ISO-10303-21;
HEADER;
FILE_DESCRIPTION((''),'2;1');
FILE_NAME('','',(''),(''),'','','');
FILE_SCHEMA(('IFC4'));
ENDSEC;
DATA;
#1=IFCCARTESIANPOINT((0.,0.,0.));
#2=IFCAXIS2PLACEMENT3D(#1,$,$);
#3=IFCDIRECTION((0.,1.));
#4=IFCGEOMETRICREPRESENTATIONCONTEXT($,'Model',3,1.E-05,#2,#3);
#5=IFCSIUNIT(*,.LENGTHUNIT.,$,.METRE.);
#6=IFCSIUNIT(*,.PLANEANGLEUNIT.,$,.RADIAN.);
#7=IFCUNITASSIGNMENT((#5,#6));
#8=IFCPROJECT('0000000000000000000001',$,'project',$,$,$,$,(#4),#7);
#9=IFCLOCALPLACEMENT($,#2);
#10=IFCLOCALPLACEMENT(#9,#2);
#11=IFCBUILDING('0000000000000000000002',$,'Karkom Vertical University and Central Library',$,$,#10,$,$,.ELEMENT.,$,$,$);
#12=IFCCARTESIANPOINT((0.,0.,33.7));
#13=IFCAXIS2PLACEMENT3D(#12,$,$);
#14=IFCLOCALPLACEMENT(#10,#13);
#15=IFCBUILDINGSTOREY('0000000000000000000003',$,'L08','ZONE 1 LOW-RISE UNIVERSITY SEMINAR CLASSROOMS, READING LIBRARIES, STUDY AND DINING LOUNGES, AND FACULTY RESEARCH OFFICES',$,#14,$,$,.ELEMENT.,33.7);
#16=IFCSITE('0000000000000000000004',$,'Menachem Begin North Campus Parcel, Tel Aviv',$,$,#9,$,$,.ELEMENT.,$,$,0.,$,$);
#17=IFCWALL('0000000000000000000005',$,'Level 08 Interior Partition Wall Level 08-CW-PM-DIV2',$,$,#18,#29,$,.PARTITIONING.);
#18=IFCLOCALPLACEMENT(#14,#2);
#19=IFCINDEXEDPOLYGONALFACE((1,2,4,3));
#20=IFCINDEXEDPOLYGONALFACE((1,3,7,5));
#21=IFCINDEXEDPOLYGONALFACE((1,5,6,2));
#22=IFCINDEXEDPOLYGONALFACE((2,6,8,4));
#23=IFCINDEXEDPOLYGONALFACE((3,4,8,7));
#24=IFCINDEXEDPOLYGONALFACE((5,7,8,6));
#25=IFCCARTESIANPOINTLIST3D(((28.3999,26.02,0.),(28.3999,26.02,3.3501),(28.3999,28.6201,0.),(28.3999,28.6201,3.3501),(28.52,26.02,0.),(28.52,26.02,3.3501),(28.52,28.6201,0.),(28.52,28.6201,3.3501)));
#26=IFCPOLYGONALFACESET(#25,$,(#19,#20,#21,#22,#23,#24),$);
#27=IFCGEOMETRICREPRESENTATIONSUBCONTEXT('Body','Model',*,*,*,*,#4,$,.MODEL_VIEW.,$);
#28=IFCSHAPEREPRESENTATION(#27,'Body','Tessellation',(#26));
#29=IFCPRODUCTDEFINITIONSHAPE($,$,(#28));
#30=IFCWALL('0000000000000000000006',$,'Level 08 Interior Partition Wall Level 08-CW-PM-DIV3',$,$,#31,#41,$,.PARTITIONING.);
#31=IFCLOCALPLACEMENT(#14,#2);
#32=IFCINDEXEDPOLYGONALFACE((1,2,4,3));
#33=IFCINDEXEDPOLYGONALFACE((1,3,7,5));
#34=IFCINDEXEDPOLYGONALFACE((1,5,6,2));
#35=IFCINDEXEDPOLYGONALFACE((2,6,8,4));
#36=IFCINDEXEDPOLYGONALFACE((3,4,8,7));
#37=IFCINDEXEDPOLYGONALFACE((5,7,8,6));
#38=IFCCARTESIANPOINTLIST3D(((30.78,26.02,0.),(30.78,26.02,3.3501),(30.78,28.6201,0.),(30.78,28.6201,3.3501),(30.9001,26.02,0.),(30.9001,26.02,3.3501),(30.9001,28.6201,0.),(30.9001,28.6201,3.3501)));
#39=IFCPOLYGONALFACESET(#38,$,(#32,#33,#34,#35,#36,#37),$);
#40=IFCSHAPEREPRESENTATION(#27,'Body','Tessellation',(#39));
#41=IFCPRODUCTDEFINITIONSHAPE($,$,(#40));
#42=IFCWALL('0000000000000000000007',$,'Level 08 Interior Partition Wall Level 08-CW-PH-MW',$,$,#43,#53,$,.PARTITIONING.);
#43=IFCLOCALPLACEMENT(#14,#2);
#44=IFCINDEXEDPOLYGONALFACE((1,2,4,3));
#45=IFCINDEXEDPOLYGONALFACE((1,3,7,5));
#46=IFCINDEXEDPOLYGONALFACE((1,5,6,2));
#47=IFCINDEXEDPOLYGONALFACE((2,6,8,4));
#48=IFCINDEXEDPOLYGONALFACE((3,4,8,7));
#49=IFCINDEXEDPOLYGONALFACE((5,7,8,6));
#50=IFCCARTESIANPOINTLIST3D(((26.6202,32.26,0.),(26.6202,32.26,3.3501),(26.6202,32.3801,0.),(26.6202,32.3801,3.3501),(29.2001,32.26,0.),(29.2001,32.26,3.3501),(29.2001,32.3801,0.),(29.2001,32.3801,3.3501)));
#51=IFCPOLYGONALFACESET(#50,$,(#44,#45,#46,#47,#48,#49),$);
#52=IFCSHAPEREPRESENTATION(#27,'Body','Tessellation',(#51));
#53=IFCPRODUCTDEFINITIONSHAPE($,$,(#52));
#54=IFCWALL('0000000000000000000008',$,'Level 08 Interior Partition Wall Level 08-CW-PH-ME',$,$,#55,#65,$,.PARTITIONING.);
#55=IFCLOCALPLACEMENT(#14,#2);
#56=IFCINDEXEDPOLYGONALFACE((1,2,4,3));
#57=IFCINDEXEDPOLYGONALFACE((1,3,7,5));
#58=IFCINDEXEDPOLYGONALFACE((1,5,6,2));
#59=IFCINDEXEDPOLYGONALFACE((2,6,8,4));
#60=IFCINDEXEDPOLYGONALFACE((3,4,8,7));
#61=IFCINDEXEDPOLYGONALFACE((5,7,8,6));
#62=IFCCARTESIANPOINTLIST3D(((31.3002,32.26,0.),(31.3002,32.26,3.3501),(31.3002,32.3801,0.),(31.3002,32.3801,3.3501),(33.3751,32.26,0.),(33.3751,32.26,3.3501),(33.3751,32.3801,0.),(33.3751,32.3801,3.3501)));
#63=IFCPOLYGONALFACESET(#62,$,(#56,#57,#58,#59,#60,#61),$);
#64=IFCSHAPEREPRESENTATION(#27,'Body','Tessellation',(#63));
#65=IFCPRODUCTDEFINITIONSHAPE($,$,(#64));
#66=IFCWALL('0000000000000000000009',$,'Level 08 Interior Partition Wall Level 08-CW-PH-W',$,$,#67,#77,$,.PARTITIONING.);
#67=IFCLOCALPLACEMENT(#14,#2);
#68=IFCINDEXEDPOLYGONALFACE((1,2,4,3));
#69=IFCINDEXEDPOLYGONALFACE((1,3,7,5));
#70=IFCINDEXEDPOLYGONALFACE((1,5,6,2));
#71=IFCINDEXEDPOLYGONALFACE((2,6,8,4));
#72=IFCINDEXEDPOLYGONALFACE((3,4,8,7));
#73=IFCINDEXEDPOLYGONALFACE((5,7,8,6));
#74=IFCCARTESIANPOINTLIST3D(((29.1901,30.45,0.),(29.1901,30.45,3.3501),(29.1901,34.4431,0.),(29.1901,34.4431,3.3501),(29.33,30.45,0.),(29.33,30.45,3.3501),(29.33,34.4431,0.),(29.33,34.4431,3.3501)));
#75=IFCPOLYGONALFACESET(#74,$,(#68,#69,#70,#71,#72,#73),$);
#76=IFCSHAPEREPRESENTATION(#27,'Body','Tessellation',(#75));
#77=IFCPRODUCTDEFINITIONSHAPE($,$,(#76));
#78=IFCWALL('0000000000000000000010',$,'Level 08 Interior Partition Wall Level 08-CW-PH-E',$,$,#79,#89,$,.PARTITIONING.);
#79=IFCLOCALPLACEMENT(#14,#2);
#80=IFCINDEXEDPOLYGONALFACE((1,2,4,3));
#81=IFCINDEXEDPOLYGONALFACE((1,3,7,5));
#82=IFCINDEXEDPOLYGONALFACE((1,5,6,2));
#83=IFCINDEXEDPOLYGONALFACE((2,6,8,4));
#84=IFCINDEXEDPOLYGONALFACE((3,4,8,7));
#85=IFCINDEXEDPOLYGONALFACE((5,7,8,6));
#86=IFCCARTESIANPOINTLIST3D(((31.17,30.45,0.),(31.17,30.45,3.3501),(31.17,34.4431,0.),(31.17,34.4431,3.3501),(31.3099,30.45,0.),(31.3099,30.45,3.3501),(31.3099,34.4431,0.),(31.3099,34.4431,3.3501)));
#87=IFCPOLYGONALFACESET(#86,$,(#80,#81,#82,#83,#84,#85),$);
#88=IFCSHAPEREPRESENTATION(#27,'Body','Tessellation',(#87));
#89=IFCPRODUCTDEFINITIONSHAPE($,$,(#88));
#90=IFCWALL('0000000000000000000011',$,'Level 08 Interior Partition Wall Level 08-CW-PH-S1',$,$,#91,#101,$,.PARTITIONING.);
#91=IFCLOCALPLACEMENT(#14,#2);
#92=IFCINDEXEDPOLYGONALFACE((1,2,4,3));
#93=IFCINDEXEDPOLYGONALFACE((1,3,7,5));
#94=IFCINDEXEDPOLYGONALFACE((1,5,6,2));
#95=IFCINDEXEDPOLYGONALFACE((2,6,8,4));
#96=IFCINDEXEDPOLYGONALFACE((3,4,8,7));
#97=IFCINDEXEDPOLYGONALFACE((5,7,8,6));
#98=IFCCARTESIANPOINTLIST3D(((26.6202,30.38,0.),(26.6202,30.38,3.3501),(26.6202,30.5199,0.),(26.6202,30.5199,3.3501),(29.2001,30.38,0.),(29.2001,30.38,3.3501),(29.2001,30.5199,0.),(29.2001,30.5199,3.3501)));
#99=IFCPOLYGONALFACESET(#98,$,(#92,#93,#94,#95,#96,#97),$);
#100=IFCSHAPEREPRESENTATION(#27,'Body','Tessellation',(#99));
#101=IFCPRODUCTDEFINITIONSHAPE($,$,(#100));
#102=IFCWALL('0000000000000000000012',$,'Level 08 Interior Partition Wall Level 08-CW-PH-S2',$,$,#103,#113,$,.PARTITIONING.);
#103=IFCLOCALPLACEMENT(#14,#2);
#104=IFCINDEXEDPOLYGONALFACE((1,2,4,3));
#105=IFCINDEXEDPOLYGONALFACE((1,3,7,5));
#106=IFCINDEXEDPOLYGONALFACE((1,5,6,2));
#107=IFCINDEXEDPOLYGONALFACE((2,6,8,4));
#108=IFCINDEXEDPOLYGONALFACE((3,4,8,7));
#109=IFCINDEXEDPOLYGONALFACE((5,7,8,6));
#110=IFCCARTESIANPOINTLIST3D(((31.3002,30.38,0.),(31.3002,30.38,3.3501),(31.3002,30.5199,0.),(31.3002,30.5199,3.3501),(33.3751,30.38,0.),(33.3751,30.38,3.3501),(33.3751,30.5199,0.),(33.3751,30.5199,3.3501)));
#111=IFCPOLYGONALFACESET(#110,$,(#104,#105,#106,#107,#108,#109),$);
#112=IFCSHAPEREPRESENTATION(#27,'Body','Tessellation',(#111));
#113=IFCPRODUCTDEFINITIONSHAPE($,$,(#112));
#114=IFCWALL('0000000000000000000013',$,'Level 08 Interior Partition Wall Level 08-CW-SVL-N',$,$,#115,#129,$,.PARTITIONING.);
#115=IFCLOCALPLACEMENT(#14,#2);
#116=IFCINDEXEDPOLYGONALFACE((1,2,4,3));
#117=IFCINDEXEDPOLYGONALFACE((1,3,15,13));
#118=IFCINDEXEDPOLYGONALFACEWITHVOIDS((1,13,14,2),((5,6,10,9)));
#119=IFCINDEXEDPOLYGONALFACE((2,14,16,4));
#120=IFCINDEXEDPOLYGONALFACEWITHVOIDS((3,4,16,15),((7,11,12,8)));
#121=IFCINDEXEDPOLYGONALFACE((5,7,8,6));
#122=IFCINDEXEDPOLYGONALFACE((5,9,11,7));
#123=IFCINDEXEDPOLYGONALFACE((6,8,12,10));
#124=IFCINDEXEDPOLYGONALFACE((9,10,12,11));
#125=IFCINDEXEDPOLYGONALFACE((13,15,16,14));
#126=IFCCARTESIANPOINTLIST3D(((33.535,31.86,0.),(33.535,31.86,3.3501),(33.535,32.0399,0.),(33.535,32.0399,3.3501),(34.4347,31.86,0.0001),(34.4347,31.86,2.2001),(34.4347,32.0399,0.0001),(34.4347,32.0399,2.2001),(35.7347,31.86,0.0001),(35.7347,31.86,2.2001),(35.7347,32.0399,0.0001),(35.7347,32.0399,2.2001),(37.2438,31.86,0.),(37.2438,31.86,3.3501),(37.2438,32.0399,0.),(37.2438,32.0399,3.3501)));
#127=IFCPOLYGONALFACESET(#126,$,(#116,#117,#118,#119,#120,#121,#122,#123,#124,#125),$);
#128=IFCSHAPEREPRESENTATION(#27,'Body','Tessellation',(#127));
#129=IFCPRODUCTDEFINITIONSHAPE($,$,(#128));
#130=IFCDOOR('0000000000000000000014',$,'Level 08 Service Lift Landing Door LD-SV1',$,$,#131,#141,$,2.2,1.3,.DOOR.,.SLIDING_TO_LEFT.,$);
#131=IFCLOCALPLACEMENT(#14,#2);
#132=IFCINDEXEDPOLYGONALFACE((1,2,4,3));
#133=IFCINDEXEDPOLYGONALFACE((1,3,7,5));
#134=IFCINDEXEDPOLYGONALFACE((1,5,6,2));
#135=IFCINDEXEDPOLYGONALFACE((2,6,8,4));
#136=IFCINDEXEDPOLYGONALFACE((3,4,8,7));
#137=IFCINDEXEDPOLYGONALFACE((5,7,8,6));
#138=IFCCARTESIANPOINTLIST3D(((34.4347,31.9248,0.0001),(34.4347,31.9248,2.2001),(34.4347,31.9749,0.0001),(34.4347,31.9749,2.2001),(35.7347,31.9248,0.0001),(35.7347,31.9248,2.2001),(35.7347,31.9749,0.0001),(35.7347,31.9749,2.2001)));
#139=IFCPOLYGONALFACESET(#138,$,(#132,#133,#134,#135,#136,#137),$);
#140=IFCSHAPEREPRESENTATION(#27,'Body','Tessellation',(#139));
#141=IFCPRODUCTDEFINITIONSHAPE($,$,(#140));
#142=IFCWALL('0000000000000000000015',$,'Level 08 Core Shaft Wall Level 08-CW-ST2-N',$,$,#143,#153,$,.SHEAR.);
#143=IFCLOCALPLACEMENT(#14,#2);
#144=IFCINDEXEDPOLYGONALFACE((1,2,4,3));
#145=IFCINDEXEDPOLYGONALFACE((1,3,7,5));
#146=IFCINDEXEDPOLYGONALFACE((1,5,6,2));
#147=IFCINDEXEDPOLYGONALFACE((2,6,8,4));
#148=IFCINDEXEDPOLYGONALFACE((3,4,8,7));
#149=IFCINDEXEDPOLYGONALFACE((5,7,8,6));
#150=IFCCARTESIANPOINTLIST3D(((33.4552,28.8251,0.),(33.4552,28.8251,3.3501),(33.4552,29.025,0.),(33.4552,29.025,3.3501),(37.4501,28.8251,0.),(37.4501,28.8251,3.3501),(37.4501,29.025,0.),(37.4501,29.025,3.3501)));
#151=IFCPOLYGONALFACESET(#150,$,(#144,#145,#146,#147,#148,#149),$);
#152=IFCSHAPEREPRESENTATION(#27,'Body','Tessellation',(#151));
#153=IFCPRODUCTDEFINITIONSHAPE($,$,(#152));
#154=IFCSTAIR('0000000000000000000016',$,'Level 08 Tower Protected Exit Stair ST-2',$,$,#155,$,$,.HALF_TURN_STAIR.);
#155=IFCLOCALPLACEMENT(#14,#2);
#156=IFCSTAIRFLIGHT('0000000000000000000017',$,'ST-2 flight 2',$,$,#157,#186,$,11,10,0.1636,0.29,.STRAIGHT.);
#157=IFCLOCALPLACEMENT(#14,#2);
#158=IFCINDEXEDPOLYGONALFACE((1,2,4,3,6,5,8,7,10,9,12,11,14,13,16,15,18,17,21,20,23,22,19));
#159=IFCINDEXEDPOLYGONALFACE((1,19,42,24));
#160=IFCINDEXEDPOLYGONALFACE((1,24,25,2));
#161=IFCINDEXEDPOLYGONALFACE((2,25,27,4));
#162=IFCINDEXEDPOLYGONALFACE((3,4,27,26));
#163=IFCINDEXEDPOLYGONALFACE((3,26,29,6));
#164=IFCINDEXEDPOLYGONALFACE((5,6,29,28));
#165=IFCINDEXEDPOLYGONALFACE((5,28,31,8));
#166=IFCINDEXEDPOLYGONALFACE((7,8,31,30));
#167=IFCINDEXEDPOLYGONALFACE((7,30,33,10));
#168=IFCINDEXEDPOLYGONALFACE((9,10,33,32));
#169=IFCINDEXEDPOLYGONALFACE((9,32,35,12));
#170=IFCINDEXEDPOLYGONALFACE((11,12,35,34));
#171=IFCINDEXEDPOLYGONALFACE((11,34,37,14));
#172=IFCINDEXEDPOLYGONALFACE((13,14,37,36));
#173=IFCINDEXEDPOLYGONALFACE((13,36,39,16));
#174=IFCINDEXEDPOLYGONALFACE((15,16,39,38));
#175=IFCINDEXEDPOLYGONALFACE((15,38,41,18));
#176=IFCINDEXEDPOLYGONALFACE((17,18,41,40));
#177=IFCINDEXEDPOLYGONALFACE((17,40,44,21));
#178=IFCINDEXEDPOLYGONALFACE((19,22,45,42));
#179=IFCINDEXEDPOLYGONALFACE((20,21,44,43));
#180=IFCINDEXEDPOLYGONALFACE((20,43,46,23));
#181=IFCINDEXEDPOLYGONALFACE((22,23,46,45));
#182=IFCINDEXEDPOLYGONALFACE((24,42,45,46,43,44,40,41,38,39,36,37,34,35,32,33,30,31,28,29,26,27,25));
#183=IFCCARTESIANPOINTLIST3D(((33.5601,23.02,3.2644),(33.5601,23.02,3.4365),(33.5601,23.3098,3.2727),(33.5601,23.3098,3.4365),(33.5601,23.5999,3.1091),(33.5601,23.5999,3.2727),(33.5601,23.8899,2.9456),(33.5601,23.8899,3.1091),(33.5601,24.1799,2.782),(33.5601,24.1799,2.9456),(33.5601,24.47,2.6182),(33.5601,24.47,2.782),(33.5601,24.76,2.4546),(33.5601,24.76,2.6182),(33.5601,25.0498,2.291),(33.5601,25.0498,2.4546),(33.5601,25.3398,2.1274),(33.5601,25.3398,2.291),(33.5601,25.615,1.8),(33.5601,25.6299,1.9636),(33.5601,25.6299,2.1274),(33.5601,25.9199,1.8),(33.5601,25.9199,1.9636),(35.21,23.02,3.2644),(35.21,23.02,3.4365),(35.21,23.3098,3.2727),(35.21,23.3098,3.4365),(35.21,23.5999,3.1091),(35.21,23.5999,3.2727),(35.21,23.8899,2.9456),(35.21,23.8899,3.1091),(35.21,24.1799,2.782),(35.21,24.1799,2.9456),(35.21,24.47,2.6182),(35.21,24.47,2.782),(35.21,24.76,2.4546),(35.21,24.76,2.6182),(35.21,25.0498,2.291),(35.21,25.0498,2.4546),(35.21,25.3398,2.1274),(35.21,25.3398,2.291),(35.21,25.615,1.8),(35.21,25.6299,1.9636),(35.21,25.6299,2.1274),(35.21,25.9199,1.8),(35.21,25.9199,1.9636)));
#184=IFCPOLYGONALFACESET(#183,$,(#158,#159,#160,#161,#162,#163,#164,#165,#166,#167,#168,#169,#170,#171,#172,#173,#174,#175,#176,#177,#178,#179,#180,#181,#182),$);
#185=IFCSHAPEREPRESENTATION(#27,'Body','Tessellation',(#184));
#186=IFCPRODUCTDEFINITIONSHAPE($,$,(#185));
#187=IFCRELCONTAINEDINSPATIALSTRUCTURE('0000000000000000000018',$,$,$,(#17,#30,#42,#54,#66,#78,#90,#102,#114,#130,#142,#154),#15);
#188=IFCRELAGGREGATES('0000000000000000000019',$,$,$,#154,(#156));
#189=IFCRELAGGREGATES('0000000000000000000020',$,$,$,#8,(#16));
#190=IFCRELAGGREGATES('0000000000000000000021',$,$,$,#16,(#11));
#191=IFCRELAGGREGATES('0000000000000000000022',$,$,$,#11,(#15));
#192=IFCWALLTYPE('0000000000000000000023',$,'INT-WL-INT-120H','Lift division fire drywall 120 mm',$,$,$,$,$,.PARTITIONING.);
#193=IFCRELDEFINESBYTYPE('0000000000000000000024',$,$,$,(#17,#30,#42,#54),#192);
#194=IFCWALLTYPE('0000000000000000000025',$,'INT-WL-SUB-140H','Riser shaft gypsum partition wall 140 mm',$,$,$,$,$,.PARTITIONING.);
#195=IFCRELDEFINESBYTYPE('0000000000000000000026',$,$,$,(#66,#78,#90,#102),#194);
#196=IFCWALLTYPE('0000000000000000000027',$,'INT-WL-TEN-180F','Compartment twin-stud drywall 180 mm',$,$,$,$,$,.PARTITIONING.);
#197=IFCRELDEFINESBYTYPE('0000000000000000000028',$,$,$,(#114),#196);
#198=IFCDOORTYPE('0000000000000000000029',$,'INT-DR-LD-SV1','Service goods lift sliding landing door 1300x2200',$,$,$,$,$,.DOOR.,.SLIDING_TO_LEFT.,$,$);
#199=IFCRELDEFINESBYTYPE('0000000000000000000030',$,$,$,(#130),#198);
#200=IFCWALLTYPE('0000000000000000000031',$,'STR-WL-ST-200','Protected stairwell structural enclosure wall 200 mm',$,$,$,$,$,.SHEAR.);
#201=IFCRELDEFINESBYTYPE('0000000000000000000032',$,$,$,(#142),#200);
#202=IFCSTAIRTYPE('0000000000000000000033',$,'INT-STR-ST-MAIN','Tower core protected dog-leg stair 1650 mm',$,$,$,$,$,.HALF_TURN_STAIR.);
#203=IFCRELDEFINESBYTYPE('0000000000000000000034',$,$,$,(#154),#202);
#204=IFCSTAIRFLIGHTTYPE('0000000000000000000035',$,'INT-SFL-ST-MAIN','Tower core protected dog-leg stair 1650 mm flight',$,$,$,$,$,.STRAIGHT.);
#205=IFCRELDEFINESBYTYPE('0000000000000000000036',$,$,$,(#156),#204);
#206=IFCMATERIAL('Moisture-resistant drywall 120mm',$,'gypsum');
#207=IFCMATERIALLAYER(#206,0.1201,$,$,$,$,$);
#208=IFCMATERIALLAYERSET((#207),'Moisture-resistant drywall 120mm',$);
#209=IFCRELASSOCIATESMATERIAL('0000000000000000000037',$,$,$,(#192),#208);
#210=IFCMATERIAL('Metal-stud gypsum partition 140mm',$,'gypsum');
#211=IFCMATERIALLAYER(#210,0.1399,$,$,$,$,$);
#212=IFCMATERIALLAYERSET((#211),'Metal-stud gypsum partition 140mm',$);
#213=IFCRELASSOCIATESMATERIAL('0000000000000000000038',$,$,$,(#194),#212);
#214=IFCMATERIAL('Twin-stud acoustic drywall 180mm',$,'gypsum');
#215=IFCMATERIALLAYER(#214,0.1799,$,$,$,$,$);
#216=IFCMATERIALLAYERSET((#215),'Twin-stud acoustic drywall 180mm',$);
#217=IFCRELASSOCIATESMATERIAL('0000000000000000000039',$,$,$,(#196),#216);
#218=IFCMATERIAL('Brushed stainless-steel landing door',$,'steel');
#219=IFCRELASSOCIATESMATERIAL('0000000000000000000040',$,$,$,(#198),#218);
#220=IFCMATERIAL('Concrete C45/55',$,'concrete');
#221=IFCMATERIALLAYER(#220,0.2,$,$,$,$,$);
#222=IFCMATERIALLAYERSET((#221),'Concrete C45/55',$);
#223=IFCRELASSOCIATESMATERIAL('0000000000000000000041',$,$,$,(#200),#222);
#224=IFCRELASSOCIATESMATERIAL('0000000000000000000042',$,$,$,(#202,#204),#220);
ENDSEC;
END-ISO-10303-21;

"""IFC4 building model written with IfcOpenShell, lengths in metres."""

from ifc_helpers import new_model, si_unit, direction, frame, frame_2d, origin, origin_with_axes, place, context, subcontext, project, spatial, polyline, rectangle, outline, extrude, source, transform, mapped, material, layer, layer_set, type_object, element, fill, aggregate, save


model = new_model("IFC4")

# Units and contexts
model_context = context("Model", 3, precision=1e-05, world=origin(), true_north=direction((0.0, 1.0)))
body_context = subcontext(model_context, "Body", "Model", "MODEL_VIEW")
ifc_project = project(units=[si_unit("LENGTHUNIT", "METRE"), si_unit("PLANEANGLEUNIT", "RADIAN")], contexts=[model_context])

# Site, building, storey
site_placement = place(None, origin())
site = spatial("IfcSite", under=ifc_project, at=site_placement, Name="Menachem Begin North Campus Parcel, Tel Aviv", CompositionType="ELEMENT", RefElevation=0.0)
building_placement = place(site_placement, origin())
building = spatial("IfcBuilding", under=site, at=building_placement, Name="Karkom Vertical University and Central Library", CompositionType="ELEMENT")
storey_placement = place(building_placement, frame((0.0, 0.0, 33.7)))
storey = spatial("IfcBuildingStorey", under=building, at=storey_placement, Name="L08", Description="ZONE 1 LOW-RISE UNIVERSITY SEMINAR CLASSROOMS, READING LIBRARIES, STUDY AND DINING LOUNGES, AND FACULTY RESEARCH OFFICES", CompositionType="ELEMENT", Elevation=33.7)

# Walls
ifc_material_1 = material(Name="Moisture-resistant drywall 120mm", Category="gypsum")
ifc_layer_1 = layer(ifc_material_1, 0.1201)
ifc_layer_set_1 = layer_set([ifc_layer_1], Name="Moisture-resistant drywall 120mm")
wall_type_1 = type_object("IfcWallType", Name="INT-WL-INT-120H", Description="Lift division fire drywall 120 mm", PredefinedType="PARTITIONING", material=ifc_layer_set_1)
for number, where, z_axis, x_axis, name in (
    (1, (28.46, 26.02, 0.0), (0.0, 0.0, 1.0), (0.0, 1.0, 0.0), "Level 08 Interior Partition Wall Level 08-CW-PM-DIV2"),
    (2, (30.8401, 26.02, 0.0), (0.0, 0.0, 1.0), (0.0, 1.0, 0.0), "Level 08 Interior Partition Wall Level 08-CW-PM-DIV3"),
):
    element("IfcWall", number, at=place(storey_placement, frame(where, z_axis=z_axis, x_axis=x_axis)), inside=storey, type_object=wall_type_1, Name=name, PredefinedType="PARTITIONING", context=body_context, shape_type="SweptSolid", body=[
        extrude(rectangle(XDim=2.6001, YDim=0.1201, at=frame_2d((1.3, 0.0))), origin(), (0.0, 0.0, 1.0), 3.3501),
    ])
wall_1_placement = place(storey_placement, frame((26.6201, 32.3201, 0.0), z_axis=(0.0, 0.0, 1.0), x_axis=(1.0, 0.0, 0.0)))
element("IfcWall", 3, at=wall_1_placement, inside=storey, type_object=wall_type_1, Name="Level 08 Interior Partition Wall Level 08-CW-PH-MW", PredefinedType="PARTITIONING", context=body_context, shape_type="SweptSolid", body=[
    extrude(rectangle(XDim=2.5798, YDim=0.1201, at=frame_2d((1.29, 0.0))), origin(), (0.0, 0.0, 1.0), 3.3501),
])
wall_2_placement = place(storey_placement, frame((31.3, 32.3201, 0.0), z_axis=(0.0, 0.0, 1.0), x_axis=(1.0, 0.0, 0.0)))
element("IfcWall", 4, at=wall_2_placement, inside=storey, type_object=wall_type_1, Name="Level 08 Interior Partition Wall Level 08-CW-PH-ME", PredefinedType="PARTITIONING", context=body_context, shape_type="SweptSolid", body=[
    extrude(rectangle(XDim=2.075, YDim=0.1201, at=frame_2d((1.0376, 0.0))), origin(), (0.0, 0.0, 1.0), 3.3501),
])
ifc_material_2 = material(Name="Metal-stud gypsum partition 140mm", Category="gypsum")
ifc_layer_2 = layer(ifc_material_2, 0.1399)
ifc_layer_set_2 = layer_set([ifc_layer_2], Name="Metal-stud gypsum partition 140mm")
wall_type_2 = type_object("IfcWallType", Name="INT-WL-SUB-140H", Description="Riser shaft gypsum partition wall 140 mm", PredefinedType="PARTITIONING", material=ifc_layer_set_2)
for number, where, z_axis, x_axis, name in (
    (5, (29.26, 30.45, 0.0), (0.0, 0.0, 1.0), (0.0, 1.0, 0.0), "Level 08 Interior Partition Wall Level 08-CW-PH-W"),
    (6, (31.24, 30.45, 0.0), (0.0, 0.0, 1.0), (0.0, 1.0, 0.0), "Level 08 Interior Partition Wall Level 08-CW-PH-E"),
):
    element("IfcWall", number, at=place(storey_placement, frame(where, z_axis=z_axis, x_axis=x_axis)), inside=storey, type_object=wall_type_2, Name=name, PredefinedType="PARTITIONING", context=body_context, shape_type="SweptSolid", body=[
        extrude(rectangle(XDim=3.9932, YDim=0.1399, at=frame_2d((1.9966, 0.0))), origin(), (0.0, 0.0, 1.0), 3.3501),
    ])
wall_3_placement = place(storey_placement, frame((26.6201, 30.45, 0.0), z_axis=(0.0, 0.0, 1.0), x_axis=(1.0, 0.0, 0.0)))
element("IfcWall", 7, at=wall_3_placement, inside=storey, type_object=wall_type_2, Name="Level 08 Interior Partition Wall Level 08-CW-PH-S1", PredefinedType="PARTITIONING", context=body_context, shape_type="SweptSolid", body=[
    extrude(rectangle(XDim=2.5798, YDim=0.1399, at=frame_2d((1.29, 0.0))), origin(), (0.0, 0.0, 1.0), 3.3501),
])
wall_4_placement = place(storey_placement, frame((31.3, 30.45, 0.0), z_axis=(0.0, 0.0, 1.0), x_axis=(1.0, 0.0, 0.0)))
element("IfcWall", 8, at=wall_4_placement, inside=storey, type_object=wall_type_2, Name="Level 08 Interior Partition Wall Level 08-CW-PH-S2", PredefinedType="PARTITIONING", context=body_context, shape_type="SweptSolid", body=[
    extrude(rectangle(XDim=2.075, YDim=0.1399, at=frame_2d((1.0376, 0.0))), origin(), (0.0, 0.0, 1.0), 3.3501),
])

# Wall, opening, door
ifc_material_3 = material(Name="Twin-stud acoustic drywall 180mm", Category="gypsum")
ifc_layer_3 = layer(ifc_material_3, 0.1799)
ifc_layer_set_3 = layer_set([ifc_layer_3], Name="Twin-stud acoustic drywall 180mm")
wall_type_3 = type_object("IfcWallType", Name="INT-WL-TEN-180F", Description="Compartment twin-stud drywall 180 mm", PredefinedType="PARTITIONING", material=ifc_layer_set_3)
wall_5_placement = place(storey_placement, frame((33.5349, 31.95, 0.0), z_axis=(0.0, 0.0, 1.0), x_axis=(1.0, 0.0, 0.0)))
wall_5 = element("IfcWall", 9, at=wall_5_placement, inside=storey, type_object=wall_type_3, Name="Level 08 Interior Partition Wall Level 08-CW-SVL-N", PredefinedType="PARTITIONING", context=body_context, shape_type="SweptSolid", body=[
    extrude(rectangle(XDim=3.7087, YDim=0.1799, at=frame_2d((1.8545, 0.0))), origin(), (0.0, 0.0, 1.0), 3.3501),
])
opening_1_placement = place(wall_5_placement, frame((0.8999, 0.0, 0.0)))
opening_1 = element("IfcOpeningElement", 10, at=opening_1_placement, cuts=wall_5, PredefinedType="OPENING", context=body_context, shape_type="SweptSolid", body=[
    extrude(rectangle(XDim=1.3, YDim=2.2, at=frame_2d((0.6499, 1.1001))), frame((0.0, 0.1001, 0.0), z_axis=(0.0, -1.0, 0.0), x_axis=(1.0, 0.0, 0.0)), (0.0, 0.0, 1.0), 0.2),
])
ifc_material_4 = material(Name="Brushed stainless-steel landing door", Category="steel")
door_type_1 = type_object("IfcDoorType", Name="INT-DR-LD-SV1", Description="Service goods lift sliding landing door 1300x2200", OperationType="SLIDING_TO_LEFT", PredefinedType="DOOR", material=ifc_material_4)
shared_shape_1 = source(origin_with_axes(), body_context, "Body", "SweptSolid", [
    extrude(rectangle(XDim=1.3, YDim=2.2, at=frame_2d((0.6499, 1.1001))), frame((0.0, 0.0249, 0.0), z_axis=(0.0, -1.0, 0.0), x_axis=(1.0, 0.0, 0.0)), (0.0, 0.0, 1.0), 0.05),
])
door_1_placement = place(opening_1_placement, origin())
door_1 = element("IfcDoor", 11, at=door_1_placement, inside=storey, type_object=door_type_1, Name="Level 08 Service Lift Landing Door LD-SV1", OperationType="SLIDING_TO_LEFT", OverallHeight=2.2, OverallWidth=1.3, PredefinedType="DOOR", context=body_context, shape_type="MappedRepresentation", body=[
    mapped(shared_shape_1, transform((0.0, 0.0, 0.0), scale=1.0)),
])
fill(opening_1, door_1)

# Wall
ifc_material_5 = material(Name="Concrete C45/55", Category="concrete")
ifc_layer_4 = layer(ifc_material_5, 0.2)
ifc_layer_set_4 = layer_set([ifc_layer_4], Name="Concrete C45/55")
wall_type_4 = type_object("IfcWallType", Name="STR-WL-ST-200", Description="Protected stairwell structural enclosure wall 200 mm", PredefinedType="SHEAR", material=ifc_layer_set_4)
wall_6_placement = place(storey_placement, frame((33.4551, 28.925, 0.0), z_axis=(0.0, 0.0, 1.0), x_axis=(1.0, 0.0, 0.0)))
element("IfcWall", 12, at=wall_6_placement, inside=storey, type_object=wall_type_4, Name="Level 08 Core Shaft Wall Level 08-CW-ST2-N", PredefinedType="SHEAR", context=body_context, shape_type="SweptSolid", body=[
    extrude(rectangle(XDim=3.9949, YDim=0.2, at=frame_2d((1.9976, 0.0))), origin(), (0.0, 0.0, 1.0), 3.3501),
])

# Stair, stair flight
stair_type = type_object("IfcStairType", Name="INT-STR-ST-MAIN", Description="Tower core protected dog-leg stair 1650 mm", PredefinedType="HALF_TURN_STAIR", material=ifc_material_5)
stair_placement = place(storey_placement, origin())
stair = element("IfcStair", 13, at=stair_placement, inside=storey, type_object=stair_type, Name="Level 08 Tower Protected Exit Stair ST-2", PredefinedType="HALF_TURN_STAIR")
stair_flight_type = type_object("IfcStairFlightType", Name="INT-SFL-ST-MAIN", Description="Tower core protected dog-leg stair 1650 mm flight", PredefinedType="STRAIGHT", material=ifc_material_5)
stair_flight_placement = place(storey_placement, frame((34.385, 25.9199, 1.8), z_axis=(0.0, 0.0, 1.0), x_axis=(0.0, -1.0, 0.0)))
stair_flight = element("IfcStairFlight", 14, at=stair_flight_placement, type_object=stair_flight_type, Name="ST-2 flight 2", NumberOfRisers=11, NumberOfTreads=10, PredefinedType="STRAIGHT", RiserHeight=0.1636, TreadLength=0.29, context=body_context, shape_type="SweptSolid", body=[
    extrude(outline(polyline([(0.0, 0.0), (0.0, 0.1636), (0.29, 0.1636), (0.29, 0.3274), (0.5801, 0.3274), (0.5801, 0.491), (0.8701, 0.491), (0.8701, 0.6545), (1.1599, 0.6545), (1.1599, 0.8181), (1.45, 0.8181), (1.45, 0.9819), (1.74, 0.9819), (1.74, 1.1455), (2.03, 1.1455), (2.03, 1.3091), (2.3201, 1.3091), (2.3201, 1.4727), (2.6101, 1.4727), (2.6101, 1.6365), (2.8999, 1.6365), (2.8999, 1.8), (2.8999, 1.4644), (0.3049, 0.0), (0.0, 0.0)])), frame((0.0, 0.825, 0.0), z_axis=(0.0, -1.0, 0.0), x_axis=(1.0, 0.0, 0.0)), (0.0, 0.0, 1.0), 1.6499),
])
aggregate(stair, [stair_flight])

save(model, "model.ifc")
